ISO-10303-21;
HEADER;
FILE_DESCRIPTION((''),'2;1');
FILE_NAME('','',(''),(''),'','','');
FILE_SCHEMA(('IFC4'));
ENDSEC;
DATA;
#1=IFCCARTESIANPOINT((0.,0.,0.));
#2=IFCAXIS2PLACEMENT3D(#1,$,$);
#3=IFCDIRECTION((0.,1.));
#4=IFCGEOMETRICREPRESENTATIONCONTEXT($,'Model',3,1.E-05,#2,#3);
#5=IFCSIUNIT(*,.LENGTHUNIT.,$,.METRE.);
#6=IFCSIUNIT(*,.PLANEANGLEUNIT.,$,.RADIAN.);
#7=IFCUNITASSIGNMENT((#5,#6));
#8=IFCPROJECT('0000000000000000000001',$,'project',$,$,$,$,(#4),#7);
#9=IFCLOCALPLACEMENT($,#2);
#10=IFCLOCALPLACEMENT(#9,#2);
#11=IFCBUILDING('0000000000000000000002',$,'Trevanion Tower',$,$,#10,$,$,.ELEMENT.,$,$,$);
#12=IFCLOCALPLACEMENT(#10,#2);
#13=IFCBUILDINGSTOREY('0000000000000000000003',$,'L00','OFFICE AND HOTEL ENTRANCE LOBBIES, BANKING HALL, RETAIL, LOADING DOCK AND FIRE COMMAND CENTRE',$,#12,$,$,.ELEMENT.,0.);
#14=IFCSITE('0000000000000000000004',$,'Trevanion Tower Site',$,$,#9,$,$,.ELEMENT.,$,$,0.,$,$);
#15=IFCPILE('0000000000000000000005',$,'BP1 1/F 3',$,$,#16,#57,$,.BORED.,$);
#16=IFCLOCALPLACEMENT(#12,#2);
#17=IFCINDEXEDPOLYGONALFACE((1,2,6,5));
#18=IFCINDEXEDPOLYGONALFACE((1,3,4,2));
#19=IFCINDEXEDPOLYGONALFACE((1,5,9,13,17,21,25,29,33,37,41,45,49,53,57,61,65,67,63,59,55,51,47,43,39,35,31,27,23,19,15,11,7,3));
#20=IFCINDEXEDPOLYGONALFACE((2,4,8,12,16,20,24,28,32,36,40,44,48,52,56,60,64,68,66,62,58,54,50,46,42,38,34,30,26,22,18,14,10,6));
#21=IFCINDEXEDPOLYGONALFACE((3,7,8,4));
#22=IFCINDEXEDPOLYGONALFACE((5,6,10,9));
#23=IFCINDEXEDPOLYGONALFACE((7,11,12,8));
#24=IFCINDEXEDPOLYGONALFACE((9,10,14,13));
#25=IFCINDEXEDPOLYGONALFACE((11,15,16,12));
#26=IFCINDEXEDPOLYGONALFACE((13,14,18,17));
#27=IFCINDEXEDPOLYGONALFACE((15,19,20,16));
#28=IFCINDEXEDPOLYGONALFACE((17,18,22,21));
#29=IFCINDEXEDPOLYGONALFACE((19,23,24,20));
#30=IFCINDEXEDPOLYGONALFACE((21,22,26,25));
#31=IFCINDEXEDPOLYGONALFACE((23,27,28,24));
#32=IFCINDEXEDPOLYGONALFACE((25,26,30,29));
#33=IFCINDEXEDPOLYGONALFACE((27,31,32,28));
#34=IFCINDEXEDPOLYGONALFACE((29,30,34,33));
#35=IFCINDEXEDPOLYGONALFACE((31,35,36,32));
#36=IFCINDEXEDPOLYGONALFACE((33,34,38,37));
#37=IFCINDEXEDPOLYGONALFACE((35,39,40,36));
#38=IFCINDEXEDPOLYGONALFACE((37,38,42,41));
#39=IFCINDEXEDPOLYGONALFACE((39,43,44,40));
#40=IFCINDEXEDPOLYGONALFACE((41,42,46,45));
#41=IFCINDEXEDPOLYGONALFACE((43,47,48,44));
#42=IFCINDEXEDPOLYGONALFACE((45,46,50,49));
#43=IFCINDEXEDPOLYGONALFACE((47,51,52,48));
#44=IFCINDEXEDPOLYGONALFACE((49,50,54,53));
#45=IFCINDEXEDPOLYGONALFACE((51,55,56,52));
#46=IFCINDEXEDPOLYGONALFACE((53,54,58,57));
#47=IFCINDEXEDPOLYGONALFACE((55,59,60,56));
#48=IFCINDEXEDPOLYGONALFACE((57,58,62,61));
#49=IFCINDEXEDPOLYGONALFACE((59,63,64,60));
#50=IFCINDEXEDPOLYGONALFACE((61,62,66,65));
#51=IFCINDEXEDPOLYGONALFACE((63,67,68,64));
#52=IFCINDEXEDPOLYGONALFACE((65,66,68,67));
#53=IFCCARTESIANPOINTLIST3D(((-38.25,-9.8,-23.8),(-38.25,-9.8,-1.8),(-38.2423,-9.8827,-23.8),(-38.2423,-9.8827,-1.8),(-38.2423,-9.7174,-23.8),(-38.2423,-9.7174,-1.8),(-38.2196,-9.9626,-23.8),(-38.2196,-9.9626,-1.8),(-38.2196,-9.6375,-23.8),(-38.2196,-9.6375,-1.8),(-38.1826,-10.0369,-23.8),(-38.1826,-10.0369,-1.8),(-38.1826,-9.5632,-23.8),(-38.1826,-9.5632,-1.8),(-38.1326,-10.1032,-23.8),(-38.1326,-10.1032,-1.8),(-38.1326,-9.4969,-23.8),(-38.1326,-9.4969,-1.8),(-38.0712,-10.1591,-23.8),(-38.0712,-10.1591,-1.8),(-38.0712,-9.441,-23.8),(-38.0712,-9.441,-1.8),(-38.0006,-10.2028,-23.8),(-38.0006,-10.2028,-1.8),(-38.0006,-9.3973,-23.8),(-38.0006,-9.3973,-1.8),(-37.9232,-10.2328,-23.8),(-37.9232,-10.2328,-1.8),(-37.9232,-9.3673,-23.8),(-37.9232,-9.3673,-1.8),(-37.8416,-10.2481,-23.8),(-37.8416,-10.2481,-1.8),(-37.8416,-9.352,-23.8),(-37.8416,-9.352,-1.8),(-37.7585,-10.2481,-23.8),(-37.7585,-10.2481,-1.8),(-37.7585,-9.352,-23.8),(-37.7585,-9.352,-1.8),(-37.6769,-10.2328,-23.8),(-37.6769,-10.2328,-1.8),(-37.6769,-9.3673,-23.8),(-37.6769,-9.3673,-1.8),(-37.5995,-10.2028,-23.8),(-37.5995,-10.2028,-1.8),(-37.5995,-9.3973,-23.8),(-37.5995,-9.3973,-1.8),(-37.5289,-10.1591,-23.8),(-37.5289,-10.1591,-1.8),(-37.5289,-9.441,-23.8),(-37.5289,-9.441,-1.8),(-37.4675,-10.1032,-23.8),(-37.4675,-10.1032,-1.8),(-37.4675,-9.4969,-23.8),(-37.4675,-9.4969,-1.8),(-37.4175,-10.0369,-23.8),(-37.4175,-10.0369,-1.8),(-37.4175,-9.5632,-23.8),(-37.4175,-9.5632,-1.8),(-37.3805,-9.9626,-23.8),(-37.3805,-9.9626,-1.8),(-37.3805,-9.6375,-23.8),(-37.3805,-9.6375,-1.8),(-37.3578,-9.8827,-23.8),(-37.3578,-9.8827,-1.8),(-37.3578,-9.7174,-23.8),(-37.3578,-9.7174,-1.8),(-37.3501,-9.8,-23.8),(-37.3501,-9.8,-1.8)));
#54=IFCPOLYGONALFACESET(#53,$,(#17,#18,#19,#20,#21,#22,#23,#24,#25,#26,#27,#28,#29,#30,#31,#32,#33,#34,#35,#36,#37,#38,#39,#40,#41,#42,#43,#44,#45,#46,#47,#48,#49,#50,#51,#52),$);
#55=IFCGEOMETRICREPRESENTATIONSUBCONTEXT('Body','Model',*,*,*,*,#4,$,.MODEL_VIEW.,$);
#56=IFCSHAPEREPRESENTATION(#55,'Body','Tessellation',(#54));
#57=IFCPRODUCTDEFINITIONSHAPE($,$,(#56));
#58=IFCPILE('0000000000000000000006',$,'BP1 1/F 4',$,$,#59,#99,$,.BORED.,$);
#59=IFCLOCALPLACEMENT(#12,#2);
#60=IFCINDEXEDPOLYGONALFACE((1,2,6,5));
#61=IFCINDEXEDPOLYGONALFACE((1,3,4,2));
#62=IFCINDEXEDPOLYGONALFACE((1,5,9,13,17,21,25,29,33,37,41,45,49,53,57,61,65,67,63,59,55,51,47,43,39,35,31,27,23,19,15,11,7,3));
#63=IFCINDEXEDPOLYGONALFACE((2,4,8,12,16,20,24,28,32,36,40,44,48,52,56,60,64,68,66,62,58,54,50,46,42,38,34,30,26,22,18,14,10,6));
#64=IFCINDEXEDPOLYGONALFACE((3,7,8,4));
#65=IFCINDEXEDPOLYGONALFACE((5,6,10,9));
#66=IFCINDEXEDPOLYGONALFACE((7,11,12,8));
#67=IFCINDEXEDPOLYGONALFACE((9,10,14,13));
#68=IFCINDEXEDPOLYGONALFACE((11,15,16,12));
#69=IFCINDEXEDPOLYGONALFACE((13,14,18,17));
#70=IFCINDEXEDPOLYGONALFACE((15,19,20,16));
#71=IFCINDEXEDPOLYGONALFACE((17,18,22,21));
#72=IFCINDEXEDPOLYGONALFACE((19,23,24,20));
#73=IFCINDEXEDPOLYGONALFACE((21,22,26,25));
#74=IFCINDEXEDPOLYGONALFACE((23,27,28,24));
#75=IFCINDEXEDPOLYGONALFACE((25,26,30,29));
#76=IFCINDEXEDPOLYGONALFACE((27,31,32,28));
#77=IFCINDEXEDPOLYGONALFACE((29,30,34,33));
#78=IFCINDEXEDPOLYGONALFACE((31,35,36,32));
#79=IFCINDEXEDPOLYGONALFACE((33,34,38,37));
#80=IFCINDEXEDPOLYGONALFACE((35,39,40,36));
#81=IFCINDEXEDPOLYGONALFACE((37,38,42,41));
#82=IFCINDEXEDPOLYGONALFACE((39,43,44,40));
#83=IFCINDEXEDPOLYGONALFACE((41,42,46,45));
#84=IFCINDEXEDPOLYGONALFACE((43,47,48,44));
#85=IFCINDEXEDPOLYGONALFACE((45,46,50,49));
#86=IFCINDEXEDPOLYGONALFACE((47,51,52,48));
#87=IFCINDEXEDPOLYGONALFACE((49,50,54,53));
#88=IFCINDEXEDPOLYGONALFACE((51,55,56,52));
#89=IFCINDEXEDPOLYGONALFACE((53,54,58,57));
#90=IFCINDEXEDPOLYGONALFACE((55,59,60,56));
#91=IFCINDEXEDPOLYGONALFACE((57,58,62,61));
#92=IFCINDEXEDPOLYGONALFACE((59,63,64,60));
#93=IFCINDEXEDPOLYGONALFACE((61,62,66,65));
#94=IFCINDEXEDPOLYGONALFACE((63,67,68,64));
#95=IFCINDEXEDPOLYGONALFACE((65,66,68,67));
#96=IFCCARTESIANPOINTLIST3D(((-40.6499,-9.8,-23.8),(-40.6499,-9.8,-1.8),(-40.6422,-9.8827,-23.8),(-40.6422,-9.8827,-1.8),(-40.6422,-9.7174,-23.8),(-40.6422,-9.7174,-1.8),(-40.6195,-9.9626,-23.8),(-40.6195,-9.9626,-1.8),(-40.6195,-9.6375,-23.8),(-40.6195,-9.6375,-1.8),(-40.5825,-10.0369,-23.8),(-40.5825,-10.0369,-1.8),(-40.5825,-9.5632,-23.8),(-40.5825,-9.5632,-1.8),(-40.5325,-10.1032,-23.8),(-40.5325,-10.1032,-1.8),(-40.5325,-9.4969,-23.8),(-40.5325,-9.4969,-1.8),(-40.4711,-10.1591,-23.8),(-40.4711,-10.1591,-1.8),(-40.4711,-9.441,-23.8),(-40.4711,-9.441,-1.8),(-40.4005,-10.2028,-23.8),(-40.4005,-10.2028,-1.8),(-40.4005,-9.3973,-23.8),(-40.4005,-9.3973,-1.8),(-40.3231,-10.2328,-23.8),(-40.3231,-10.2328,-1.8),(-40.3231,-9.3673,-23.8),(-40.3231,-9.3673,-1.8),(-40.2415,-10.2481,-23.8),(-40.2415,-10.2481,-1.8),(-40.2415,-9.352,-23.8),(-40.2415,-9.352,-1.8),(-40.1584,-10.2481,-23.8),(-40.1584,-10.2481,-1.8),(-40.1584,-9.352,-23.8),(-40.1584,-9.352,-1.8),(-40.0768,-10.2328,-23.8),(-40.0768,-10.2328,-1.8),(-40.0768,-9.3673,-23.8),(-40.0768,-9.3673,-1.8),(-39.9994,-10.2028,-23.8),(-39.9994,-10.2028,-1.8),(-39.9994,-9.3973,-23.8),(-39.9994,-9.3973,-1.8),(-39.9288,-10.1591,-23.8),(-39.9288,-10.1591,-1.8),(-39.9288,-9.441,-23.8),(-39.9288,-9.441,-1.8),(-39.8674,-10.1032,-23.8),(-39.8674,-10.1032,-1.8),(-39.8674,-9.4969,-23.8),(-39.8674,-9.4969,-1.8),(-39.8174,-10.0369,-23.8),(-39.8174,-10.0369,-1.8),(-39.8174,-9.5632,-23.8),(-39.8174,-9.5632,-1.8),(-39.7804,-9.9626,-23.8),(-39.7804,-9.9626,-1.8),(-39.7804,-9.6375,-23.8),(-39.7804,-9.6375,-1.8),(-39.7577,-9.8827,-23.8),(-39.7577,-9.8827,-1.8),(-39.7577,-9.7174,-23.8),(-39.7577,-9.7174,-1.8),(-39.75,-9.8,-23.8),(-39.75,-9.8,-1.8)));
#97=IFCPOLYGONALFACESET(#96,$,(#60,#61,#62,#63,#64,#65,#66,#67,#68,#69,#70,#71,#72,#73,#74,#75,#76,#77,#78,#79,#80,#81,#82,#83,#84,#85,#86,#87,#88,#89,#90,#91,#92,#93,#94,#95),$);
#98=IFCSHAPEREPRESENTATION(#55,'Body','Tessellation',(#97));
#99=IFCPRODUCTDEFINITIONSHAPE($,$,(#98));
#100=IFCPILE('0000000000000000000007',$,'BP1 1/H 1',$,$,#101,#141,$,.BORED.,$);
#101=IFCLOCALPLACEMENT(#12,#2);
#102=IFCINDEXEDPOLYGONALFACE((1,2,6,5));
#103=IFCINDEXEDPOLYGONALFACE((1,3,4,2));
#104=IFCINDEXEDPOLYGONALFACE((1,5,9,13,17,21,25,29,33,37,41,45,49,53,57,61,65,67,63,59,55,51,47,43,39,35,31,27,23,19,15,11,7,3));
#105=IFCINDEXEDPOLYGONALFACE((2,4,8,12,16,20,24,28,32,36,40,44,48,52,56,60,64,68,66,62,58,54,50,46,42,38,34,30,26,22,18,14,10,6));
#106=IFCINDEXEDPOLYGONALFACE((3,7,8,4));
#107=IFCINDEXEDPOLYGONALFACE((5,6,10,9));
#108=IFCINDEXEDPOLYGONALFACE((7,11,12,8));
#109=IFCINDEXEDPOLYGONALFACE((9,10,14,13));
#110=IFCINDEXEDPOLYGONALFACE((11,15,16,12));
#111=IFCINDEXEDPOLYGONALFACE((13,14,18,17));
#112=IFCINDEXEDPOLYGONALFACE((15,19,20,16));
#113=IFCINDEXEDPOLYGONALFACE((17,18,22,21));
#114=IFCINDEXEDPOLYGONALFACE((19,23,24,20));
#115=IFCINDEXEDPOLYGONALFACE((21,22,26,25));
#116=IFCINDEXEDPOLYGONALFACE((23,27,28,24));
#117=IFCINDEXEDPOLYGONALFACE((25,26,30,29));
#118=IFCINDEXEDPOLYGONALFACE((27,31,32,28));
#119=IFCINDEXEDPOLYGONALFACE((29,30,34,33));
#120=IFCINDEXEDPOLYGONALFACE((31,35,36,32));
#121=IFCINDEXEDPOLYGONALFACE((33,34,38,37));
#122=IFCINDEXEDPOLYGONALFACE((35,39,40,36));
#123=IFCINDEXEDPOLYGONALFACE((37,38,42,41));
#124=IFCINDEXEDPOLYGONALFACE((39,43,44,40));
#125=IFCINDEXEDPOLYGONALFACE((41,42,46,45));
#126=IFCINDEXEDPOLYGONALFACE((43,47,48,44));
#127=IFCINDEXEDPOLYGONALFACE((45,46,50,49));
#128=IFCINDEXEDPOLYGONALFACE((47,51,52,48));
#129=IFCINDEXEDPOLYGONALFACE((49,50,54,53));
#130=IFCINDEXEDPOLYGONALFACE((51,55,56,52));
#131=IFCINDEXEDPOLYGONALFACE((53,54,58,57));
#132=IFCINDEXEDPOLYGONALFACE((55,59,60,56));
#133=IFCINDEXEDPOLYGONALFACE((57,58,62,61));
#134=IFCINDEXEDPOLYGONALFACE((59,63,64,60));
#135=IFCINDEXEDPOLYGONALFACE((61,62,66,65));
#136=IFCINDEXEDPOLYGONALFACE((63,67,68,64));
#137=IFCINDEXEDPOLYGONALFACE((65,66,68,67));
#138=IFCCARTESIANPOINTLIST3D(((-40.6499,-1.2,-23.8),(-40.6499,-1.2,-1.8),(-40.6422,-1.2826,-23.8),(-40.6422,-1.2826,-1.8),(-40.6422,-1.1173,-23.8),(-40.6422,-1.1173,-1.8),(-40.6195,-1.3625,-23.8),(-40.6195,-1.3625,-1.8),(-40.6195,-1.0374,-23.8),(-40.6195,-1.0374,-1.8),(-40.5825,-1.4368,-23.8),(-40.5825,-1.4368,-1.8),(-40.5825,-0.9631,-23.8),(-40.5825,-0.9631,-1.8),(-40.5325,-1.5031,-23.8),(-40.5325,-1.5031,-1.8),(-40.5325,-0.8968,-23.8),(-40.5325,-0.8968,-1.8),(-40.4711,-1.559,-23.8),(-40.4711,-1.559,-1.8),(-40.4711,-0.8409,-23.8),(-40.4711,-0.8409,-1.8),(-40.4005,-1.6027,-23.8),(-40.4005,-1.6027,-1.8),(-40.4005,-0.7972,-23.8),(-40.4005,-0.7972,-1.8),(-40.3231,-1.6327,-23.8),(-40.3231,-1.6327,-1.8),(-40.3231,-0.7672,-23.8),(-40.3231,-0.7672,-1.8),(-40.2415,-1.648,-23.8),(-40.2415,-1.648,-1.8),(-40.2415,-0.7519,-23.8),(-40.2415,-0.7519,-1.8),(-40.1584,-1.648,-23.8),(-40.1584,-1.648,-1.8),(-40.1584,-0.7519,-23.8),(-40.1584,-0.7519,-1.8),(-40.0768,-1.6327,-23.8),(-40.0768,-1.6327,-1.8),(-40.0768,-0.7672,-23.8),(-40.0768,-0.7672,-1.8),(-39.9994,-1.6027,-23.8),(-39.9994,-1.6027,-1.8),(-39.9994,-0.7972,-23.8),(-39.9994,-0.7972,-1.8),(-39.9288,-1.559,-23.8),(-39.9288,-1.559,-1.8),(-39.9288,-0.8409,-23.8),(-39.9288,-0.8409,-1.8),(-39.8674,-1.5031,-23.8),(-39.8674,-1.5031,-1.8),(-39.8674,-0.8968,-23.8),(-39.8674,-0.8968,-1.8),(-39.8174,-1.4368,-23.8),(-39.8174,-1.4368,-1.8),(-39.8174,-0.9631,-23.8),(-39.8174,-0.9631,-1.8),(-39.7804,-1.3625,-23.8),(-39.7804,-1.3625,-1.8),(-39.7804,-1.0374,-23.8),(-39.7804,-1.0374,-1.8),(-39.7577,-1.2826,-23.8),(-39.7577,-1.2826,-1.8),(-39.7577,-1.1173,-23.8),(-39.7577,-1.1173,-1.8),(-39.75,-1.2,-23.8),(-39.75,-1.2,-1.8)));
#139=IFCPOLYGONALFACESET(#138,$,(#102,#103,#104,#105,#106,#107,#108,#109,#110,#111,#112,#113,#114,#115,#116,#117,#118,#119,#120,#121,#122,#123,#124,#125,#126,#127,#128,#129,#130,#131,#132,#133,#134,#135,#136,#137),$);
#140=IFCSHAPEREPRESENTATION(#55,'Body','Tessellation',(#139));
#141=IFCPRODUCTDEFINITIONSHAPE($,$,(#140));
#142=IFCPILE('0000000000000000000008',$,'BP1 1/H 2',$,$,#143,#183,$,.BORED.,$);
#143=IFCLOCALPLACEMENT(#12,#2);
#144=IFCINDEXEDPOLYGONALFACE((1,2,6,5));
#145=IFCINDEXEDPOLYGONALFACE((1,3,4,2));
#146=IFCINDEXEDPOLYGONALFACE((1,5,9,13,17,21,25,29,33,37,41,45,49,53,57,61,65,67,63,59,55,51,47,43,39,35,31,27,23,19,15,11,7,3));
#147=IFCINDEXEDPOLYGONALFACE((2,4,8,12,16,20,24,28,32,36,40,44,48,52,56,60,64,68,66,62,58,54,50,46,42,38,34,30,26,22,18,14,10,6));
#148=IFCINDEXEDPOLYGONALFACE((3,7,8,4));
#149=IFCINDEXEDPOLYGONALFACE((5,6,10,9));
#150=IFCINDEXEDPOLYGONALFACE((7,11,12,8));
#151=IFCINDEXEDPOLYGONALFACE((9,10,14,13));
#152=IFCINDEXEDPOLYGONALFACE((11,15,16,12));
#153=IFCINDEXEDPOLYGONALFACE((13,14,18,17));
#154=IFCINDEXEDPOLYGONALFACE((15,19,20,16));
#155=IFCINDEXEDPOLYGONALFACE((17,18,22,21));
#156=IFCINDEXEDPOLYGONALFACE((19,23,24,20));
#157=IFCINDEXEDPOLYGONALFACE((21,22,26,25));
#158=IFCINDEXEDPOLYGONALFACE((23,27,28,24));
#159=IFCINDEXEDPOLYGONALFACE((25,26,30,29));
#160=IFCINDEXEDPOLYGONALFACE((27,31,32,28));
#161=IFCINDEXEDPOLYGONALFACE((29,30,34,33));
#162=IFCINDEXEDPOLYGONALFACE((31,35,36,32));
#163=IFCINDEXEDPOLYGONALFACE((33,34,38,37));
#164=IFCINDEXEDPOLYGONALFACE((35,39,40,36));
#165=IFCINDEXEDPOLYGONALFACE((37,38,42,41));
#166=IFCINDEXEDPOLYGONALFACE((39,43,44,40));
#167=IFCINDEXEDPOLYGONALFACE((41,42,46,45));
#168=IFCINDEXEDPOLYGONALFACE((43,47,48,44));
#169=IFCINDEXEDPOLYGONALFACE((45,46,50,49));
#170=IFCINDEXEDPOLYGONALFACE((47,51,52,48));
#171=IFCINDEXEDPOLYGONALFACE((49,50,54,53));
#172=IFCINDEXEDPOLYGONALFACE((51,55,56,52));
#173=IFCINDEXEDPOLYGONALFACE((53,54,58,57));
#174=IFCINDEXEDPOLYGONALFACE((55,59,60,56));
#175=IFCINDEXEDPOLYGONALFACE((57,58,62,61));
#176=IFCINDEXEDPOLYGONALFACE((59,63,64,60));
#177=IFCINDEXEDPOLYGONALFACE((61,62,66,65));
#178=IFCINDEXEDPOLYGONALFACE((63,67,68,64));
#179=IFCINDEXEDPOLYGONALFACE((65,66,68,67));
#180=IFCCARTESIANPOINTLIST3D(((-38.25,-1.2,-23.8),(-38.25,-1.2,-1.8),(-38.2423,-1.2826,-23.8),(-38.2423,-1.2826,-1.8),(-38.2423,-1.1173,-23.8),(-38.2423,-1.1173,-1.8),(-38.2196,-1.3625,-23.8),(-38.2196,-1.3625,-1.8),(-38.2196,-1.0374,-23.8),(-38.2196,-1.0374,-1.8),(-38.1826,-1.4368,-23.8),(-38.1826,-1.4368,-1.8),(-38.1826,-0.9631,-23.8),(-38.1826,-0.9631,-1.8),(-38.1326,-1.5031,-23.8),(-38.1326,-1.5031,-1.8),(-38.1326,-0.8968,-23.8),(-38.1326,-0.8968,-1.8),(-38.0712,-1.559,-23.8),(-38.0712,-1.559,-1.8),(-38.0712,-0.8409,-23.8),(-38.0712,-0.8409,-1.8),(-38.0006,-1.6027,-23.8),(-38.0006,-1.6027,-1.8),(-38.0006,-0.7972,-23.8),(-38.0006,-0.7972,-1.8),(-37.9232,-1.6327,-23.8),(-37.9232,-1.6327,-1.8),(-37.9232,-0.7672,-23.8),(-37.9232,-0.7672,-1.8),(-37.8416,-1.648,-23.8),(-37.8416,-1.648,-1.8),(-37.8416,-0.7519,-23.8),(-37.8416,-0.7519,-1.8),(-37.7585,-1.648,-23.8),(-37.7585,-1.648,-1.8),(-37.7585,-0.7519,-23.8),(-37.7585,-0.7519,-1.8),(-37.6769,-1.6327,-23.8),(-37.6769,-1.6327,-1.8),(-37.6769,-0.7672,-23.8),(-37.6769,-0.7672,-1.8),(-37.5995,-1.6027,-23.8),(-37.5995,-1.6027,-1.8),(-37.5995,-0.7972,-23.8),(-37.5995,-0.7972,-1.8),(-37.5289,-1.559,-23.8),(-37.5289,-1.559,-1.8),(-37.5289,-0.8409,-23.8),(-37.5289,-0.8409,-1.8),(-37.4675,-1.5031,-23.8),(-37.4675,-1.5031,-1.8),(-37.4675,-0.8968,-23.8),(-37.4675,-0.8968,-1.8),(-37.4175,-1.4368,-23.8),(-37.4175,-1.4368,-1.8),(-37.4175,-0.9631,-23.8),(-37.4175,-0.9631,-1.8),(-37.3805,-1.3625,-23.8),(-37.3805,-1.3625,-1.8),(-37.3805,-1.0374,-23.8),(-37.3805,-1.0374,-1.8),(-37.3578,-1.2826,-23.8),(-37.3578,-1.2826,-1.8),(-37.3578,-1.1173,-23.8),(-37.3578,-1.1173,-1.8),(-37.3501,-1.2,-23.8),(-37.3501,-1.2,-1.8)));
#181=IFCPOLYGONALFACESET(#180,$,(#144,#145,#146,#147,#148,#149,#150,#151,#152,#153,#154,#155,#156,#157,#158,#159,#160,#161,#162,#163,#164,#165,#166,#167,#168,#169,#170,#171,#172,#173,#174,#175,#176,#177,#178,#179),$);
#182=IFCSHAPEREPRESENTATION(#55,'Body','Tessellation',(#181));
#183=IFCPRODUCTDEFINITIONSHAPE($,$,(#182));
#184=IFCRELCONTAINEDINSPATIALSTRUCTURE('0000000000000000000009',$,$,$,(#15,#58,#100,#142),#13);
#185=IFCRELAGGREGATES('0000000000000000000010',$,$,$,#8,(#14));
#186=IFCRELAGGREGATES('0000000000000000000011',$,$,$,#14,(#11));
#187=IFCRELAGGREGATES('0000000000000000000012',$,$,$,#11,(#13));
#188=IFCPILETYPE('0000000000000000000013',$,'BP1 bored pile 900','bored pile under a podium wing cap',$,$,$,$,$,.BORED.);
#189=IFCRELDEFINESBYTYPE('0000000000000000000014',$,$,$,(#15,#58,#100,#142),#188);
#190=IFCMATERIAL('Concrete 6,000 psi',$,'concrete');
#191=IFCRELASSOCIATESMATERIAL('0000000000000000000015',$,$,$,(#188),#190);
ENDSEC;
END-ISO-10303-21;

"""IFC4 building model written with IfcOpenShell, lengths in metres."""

from ifc_helpers import new_model, si_unit, direction, frame, origin, origin_2d, place, context, subcontext, project, spatial, circle, extrude, material, material_profile, profile_set, type_object, element, save


model = new_model("IFC4")

# Units and contexts
model_context = context("Model", 3, precision=1e-05, world=origin(), true_north=direction((0.0, 1.0)))
body_context = subcontext(model_context, "Body", "Model", "MODEL_VIEW")
ifc_project = project(units=[si_unit("LENGTHUNIT", "METRE"), si_unit("PLANEANGLEUNIT", "RADIAN")], contexts=[model_context])

# Site, building, storey
site_placement = place(None, origin())
site = spatial("IfcSite", under=ifc_project, at=site_placement, Name="Trevanion Tower Site", CompositionType="ELEMENT", RefElevation=0.0)
building_placement = place(site_placement, origin())
building = spatial("IfcBuilding", under=site, at=building_placement, Name="Trevanion Tower", CompositionType="ELEMENT")
storey_placement = place(building_placement, origin())
storey = spatial("IfcBuildingStorey", under=building, at=storey_placement, Name="L00", Description="OFFICE AND HOTEL ENTRANCE LOBBIES, BANKING HALL, RETAIL, LOADING DOCK AND FIRE COMMAND CENTRE", CompositionType="ELEMENT", Elevation=0.0)

# Piles
ifc_material_1 = material(Name="Concrete 6,000 psi", Category="concrete")
ifc_material_profile_1 = material_profile(ifc_material_1, circle(Radius=0.45, at=origin_2d()), Name="BP1 bored pile 900")
ifc_profile_set_1 = profile_set([ifc_material_profile_1], Name="Concrete 6,000 psi")
pile_type_1 = type_object("IfcPileType", Name="BP1 bored pile 900", Description="bored pile under a podium wing cap", PredefinedType="BORED", material=ifc_profile_set_1)
for number, where, z_axis, x_axis, name in (
    (1, (-37.8, -9.8, -1.8), (0.0, 0.0, -1.0), (1.0, 0.0, 0.0), "BP1 1/F 3"),
    (2, (-40.2, -9.8, -1.8), (0.0, 0.0, -1.0), (1.0, 0.0, 0.0), "BP1 1/F 4"),
    (3, (-40.2, -1.2, -1.8), (0.0, 0.0, -1.0), (1.0, 0.0, 0.0), "BP1 1/H 1"),
    (4, (-37.8, -1.2, -1.8), (0.0, 0.0, -1.0), (1.0, 0.0, 0.0), "BP1 1/H 2"),
):
    element("IfcPile", number, at=place(storey_placement, frame(where, z_axis=z_axis, x_axis=x_axis)), inside=storey, type_object=pile_type_1, Name=name, PredefinedType="BORED", context=body_context, shape_type="SweptSolid", body=[
        extrude(circle(Radius=0.45, at=origin_2d()), origin(), (0.0, 0.0, 1.0), 22.0),
    ])

save(model, "model.ifc")
